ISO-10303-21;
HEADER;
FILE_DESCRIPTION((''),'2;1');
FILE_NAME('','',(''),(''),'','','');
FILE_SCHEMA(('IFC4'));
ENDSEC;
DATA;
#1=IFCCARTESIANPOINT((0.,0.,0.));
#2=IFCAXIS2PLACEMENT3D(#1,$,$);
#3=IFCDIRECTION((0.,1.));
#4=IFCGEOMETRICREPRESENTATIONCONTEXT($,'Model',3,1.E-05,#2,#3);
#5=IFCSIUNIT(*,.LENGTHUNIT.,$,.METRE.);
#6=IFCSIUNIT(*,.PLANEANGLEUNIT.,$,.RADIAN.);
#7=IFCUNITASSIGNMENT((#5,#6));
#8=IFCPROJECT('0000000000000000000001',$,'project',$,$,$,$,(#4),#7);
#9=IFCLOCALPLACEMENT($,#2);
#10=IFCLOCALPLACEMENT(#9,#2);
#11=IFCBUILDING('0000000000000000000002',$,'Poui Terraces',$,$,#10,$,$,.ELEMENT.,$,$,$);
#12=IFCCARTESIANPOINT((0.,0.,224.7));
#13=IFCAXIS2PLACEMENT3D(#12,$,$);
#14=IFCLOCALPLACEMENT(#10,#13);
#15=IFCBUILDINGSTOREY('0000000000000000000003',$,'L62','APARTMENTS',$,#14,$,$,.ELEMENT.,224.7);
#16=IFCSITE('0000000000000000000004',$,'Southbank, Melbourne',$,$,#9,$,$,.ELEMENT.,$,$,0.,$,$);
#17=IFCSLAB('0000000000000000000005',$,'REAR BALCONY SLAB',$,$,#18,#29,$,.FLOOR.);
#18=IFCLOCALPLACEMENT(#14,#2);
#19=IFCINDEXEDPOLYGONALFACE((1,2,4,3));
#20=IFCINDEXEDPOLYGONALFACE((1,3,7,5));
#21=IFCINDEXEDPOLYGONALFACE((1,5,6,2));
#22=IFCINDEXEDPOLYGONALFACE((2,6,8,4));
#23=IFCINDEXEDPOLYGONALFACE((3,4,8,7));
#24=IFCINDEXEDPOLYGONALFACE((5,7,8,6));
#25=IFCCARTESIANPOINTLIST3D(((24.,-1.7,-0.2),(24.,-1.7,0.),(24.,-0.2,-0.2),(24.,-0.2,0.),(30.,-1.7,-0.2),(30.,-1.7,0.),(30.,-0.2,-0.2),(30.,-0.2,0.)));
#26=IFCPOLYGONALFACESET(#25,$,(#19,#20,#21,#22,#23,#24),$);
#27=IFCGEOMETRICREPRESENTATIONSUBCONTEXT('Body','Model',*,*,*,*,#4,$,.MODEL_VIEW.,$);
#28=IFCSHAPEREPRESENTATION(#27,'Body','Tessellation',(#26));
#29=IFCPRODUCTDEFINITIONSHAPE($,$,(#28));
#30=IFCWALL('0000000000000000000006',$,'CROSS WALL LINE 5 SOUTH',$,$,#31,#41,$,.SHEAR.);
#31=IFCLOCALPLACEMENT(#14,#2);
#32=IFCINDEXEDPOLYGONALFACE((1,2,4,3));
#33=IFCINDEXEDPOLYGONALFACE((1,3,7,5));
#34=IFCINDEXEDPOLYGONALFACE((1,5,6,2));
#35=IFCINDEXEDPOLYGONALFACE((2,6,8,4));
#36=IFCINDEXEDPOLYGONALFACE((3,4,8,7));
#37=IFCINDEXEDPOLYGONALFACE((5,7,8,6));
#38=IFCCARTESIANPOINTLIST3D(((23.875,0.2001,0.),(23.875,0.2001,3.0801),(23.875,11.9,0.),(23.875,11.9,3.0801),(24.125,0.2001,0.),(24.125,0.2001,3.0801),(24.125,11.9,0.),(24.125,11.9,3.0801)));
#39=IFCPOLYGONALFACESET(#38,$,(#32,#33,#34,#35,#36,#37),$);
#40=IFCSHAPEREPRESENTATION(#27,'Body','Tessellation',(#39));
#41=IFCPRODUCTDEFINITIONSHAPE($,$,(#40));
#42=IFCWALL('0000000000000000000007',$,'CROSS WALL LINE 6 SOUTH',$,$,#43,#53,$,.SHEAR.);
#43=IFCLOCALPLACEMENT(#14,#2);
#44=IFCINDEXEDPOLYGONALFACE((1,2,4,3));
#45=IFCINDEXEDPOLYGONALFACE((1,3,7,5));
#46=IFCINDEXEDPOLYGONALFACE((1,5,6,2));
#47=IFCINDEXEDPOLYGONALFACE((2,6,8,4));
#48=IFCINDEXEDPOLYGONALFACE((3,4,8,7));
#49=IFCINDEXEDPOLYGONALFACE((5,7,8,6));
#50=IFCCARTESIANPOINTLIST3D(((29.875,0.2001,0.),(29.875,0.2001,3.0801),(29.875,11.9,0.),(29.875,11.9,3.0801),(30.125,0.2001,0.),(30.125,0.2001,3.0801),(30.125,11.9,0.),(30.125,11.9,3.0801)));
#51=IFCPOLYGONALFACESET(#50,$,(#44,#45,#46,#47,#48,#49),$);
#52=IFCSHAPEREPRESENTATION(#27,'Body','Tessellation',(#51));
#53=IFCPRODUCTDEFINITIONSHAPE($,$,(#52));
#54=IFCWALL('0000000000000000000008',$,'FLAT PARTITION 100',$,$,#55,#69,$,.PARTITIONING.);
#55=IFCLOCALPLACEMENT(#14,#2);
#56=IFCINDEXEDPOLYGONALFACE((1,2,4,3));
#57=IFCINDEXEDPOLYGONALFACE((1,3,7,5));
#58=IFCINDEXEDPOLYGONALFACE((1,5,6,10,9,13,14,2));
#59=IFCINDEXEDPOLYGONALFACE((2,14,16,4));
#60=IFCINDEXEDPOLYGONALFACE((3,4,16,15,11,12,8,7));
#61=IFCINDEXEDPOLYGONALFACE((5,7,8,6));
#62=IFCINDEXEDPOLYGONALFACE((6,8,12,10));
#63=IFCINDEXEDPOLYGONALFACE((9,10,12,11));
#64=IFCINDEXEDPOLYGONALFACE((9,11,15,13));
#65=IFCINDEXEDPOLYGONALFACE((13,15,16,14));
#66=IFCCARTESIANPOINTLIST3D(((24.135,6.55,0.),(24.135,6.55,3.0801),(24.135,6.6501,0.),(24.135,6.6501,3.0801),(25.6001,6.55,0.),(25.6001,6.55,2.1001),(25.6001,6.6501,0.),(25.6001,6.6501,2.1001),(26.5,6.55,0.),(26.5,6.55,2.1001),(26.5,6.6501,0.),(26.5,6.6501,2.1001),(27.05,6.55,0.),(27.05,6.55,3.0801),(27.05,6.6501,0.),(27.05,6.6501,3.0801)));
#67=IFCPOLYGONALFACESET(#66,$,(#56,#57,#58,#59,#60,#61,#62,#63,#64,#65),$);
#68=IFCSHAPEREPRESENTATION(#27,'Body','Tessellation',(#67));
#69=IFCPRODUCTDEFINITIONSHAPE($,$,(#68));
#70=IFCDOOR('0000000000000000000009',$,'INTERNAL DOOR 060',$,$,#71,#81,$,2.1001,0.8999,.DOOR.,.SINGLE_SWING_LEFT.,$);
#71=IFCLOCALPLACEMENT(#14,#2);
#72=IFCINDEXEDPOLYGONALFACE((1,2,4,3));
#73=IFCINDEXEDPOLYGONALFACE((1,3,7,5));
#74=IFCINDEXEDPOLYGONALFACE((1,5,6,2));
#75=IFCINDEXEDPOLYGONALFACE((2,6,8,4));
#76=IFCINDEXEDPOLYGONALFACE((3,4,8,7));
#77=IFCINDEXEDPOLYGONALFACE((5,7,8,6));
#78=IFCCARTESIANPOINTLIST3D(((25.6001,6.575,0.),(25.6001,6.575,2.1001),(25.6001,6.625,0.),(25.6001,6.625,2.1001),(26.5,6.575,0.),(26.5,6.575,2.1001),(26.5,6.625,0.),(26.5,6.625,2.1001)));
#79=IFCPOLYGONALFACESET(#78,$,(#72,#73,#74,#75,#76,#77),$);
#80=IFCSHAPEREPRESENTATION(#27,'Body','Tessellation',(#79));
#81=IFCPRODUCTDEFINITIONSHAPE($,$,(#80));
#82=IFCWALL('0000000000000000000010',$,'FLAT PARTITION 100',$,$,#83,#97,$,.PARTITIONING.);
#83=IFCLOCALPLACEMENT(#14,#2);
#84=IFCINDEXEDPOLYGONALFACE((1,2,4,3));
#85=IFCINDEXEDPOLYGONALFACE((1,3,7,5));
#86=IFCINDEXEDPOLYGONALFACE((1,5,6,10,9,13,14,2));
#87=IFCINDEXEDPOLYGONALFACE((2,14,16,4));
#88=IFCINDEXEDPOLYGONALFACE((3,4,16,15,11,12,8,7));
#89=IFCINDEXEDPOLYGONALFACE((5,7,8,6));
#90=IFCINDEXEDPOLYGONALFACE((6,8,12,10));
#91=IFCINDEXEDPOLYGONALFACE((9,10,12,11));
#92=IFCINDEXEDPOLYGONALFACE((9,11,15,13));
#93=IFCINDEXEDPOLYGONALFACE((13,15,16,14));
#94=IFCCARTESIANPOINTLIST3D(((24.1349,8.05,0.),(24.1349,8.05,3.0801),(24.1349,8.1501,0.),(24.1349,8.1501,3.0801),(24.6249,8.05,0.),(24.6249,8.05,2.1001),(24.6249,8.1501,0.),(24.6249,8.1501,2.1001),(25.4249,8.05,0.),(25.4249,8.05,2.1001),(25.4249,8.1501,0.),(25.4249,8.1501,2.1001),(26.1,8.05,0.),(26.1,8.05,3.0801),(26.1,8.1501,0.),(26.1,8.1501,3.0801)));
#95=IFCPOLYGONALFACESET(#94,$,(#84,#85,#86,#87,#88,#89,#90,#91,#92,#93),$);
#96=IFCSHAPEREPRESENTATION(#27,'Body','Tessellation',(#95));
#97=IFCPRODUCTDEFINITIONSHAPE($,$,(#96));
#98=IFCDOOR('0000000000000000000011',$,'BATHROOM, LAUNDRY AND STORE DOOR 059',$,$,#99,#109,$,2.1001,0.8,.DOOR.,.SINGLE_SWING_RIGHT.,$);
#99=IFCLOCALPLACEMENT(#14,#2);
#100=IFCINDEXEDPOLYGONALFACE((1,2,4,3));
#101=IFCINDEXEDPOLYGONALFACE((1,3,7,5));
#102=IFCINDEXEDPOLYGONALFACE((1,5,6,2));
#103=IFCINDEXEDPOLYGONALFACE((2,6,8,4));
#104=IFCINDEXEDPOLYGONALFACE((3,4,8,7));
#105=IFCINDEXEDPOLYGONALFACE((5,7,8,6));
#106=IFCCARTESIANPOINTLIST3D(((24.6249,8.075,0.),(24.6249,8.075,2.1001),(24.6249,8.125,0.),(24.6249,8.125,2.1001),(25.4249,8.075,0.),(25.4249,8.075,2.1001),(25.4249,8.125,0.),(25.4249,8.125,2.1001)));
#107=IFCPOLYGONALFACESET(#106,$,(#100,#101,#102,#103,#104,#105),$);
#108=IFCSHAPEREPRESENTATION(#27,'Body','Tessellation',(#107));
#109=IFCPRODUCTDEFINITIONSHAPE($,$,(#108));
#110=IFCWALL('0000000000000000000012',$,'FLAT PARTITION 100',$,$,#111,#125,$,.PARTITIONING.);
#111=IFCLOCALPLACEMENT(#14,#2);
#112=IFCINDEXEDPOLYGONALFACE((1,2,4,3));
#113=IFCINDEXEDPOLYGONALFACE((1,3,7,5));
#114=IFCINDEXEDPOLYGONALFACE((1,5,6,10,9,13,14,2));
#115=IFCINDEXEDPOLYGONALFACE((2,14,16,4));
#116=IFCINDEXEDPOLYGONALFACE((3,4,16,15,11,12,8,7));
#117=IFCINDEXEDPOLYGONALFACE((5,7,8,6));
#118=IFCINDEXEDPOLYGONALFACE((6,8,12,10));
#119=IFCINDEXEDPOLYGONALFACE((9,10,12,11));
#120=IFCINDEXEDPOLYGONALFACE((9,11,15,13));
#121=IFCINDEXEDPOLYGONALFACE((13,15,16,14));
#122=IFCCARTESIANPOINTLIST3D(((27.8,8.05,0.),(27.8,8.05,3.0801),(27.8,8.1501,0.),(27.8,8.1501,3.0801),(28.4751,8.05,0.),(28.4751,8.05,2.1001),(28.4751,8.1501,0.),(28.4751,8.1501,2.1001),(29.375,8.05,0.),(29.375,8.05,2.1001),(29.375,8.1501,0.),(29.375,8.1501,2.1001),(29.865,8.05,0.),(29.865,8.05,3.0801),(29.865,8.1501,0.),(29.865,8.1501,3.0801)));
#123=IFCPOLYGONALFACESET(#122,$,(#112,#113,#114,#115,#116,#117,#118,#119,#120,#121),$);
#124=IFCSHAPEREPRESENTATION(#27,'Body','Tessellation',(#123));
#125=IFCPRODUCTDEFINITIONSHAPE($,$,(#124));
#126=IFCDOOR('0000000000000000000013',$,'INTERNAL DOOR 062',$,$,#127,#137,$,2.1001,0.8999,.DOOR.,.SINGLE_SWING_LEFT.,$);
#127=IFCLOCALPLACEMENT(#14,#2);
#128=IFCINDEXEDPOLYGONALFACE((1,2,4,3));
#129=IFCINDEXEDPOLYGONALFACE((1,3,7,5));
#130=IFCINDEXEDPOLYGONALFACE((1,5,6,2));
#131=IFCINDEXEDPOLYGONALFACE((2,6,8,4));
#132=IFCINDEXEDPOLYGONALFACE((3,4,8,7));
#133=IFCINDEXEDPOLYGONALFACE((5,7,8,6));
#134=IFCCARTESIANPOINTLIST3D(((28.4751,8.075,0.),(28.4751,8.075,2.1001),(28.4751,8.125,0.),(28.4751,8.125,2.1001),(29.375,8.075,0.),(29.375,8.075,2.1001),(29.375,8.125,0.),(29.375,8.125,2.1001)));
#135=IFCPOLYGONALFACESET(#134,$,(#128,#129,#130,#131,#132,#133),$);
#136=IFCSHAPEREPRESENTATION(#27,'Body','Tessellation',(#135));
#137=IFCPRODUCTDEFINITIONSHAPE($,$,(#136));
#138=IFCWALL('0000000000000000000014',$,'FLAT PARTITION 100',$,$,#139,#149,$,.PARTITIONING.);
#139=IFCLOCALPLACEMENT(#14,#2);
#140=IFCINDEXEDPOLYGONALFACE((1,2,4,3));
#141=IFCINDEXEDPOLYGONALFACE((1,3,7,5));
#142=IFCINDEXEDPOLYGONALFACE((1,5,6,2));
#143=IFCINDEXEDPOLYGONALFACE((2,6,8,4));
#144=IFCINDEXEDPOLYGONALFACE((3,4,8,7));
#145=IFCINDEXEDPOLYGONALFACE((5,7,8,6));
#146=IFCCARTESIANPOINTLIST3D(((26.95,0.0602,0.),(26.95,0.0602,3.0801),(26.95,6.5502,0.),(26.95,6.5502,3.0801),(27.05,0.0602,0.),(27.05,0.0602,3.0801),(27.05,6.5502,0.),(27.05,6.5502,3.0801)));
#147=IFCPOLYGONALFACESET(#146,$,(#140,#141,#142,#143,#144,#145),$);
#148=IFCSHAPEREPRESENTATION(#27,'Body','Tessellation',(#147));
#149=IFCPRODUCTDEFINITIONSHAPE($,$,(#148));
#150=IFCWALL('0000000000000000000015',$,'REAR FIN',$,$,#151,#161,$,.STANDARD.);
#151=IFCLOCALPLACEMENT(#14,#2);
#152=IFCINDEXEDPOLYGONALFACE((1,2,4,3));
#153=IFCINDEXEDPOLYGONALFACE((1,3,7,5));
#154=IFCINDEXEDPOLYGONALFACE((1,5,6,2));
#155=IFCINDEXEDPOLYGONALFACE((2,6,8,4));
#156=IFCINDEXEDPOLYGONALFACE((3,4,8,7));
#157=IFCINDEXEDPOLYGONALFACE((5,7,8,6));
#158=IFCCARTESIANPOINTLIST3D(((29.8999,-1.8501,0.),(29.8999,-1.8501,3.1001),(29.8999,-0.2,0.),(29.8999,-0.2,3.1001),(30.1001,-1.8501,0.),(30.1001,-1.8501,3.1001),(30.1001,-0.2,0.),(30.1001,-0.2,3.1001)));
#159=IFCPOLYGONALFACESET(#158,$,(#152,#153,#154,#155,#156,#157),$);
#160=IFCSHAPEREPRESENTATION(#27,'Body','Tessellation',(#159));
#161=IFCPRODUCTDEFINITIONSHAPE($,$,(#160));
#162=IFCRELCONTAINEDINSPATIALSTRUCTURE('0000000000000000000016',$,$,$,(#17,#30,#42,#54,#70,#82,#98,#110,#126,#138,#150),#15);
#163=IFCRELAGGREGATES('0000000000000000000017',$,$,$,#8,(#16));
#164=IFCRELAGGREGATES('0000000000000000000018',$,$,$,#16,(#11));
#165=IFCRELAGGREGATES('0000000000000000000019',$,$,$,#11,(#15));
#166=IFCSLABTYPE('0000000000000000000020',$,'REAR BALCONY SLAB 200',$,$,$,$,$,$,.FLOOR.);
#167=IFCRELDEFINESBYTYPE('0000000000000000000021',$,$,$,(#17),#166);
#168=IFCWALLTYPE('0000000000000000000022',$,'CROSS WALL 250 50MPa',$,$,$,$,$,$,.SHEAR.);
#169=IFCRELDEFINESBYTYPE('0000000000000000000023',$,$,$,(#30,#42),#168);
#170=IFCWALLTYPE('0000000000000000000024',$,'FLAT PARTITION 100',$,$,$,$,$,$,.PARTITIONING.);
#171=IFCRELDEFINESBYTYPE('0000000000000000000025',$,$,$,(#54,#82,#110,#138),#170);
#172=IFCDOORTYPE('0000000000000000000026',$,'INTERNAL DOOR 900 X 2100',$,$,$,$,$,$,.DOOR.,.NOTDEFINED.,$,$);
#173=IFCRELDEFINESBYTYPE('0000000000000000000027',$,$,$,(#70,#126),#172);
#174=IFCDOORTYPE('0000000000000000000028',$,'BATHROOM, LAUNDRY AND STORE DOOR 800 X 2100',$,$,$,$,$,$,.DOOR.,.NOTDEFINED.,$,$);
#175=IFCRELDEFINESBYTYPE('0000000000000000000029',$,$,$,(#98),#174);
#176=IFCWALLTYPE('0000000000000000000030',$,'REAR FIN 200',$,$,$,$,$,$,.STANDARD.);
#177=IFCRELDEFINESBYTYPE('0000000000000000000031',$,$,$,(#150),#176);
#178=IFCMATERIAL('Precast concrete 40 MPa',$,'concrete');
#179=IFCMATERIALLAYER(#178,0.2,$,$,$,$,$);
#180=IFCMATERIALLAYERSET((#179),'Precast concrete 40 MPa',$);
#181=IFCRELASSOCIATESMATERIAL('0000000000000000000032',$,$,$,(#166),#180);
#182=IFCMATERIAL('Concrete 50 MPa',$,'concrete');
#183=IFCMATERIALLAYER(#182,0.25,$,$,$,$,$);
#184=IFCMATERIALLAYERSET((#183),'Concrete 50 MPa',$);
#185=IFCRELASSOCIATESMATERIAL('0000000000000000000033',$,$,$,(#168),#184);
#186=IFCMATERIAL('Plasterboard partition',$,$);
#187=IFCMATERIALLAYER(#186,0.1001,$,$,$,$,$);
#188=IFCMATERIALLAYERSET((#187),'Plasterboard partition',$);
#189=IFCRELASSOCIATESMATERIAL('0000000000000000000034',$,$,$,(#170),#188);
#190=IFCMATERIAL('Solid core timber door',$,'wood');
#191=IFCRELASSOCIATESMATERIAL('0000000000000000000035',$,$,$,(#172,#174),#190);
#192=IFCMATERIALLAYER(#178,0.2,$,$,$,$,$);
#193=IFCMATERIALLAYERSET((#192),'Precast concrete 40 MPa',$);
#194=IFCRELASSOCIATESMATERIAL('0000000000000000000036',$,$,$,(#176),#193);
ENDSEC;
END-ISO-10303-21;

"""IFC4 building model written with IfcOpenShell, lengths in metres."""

from ifc_helpers import new_model, si_unit, direction, frame, frame_2d, origin, place, context, subcontext, project, spatial, polyline, rectangle, outline, extrude, source, transform, mapped, material, layer, layer_set, type_object, element, fill, save


model = new_model("IFC4")

# Units and contexts
model_context = context("Model", 3, precision=1e-05, world=origin(), true_north=direction((0.0, 1.0)))
body_context = subcontext(model_context, "Body", "Model", "MODEL_VIEW")
ifc_project = project(units=[si_unit("LENGTHUNIT", "METRE"), si_unit("PLANEANGLEUNIT", "RADIAN")], contexts=[model_context])

# Site, building, storey
site_placement = place(None, origin())
site = spatial("IfcSite", under=ifc_project, at=site_placement, Name="Southbank, Melbourne", CompositionType="ELEMENT", RefElevation=0.0)
building_placement = place(site_placement, origin())
building = spatial("IfcBuilding", under=site, at=building_placement, Name="Poui Terraces", CompositionType="ELEMENT")
storey_placement = place(building_placement, frame((0.0, 0.0, 224.7)))
storey = spatial("IfcBuildingStorey", under=building, at=storey_placement, Name="L62", Description="APARTMENTS", CompositionType="ELEMENT", Elevation=224.7)

# Slab
ifc_material_1 = material(Name="Precast concrete 40 MPa", Category="concrete")
ifc_layer_1 = layer(ifc_material_1, 0.2)
ifc_layer_set_1 = layer_set([ifc_layer_1], Name="Precast concrete 40 MPa")
slab_type = type_object("IfcSlabType", Name="REAR BALCONY SLAB 200", PredefinedType="FLOOR", material=ifc_layer_set_1)
shared_shape_1 = source(origin(), body_context, "Body", "SweptSolid", [
    extrude(outline(polyline([(0.0, 0.0), (6.0, 0.0), (6.0, 1.5), (0.0, 1.5), (0.0, 0.0)])), origin(), (0.0, 0.0, 1.0), 0.2),
])
slab_placement = place(storey_placement, frame((24.0, -1.7, -0.2)))
element("IfcSlab", 1, at=slab_placement, inside=storey, type_object=slab_type, Name="REAR BALCONY SLAB", PredefinedType="FLOOR", context=body_context, shape_type="MappedRepresentation", body=[
    mapped(shared_shape_1, transform((0.0, 0.0, 0.0))),
])

# Walls
ifc_material_2 = material(Name="Concrete 50 MPa", Category="concrete")
ifc_layer_2 = layer(ifc_material_2, 0.25)
ifc_layer_set_2 = layer_set([ifc_layer_2], Name="Concrete 50 MPa")
wall_type_1 = type_object("IfcWallType", Name="CROSS WALL 250 50MPa", PredefinedType="SHEAR", material=ifc_layer_set_2)
for number, where, z_axis, x_axis, name in (
    (2, (24.0, 0.2, 0.0), (0.0, 0.0, 1.0), (0.0, 1.0, 0.0), "CROSS WALL LINE 5 SOUTH"),
    (3, (30.0, 0.2, 0.0), (0.0, 0.0, 1.0), (0.0, 1.0, 0.0), "CROSS WALL LINE 6 SOUTH"),
):
    element("IfcWall", number, at=place(storey_placement, frame(where, z_axis=z_axis, x_axis=x_axis)), inside=storey, type_object=wall_type_1, Name=name, PredefinedType="SHEAR", context=body_context, shape_type="SweptSolid", body=[
        extrude(rectangle(XDim=11.7, YDim=0.25, at=frame_2d((5.8501, 0.0))), origin(), (0.0, 0.0, 1.0), 3.0801),
    ])

# Walls, openings, doors
ifc_material_3 = material(Name="Plasterboard partition")
ifc_layer_3 = layer(ifc_material_3, 0.1001)
ifc_layer_set_3 = layer_set([ifc_layer_3], Name="Plasterboard partition")
wall_type_2 = type_object("IfcWallType", Name="FLAT PARTITION 100", PredefinedType="PARTITIONING", material=ifc_layer_set_3)
wall_1_placement = place(storey_placement, frame((24.135, 6.6001, 0.0), z_axis=(0.0, 0.0, 1.0), x_axis=(1.0, 0.0, 0.0)))
wall_1 = element("IfcWall", 4, at=wall_1_placement, inside=storey, type_object=wall_type_2, Name="FLAT PARTITION 100", PredefinedType="PARTITIONING", context=body_context, shape_type="SweptSolid", body=[
    extrude(rectangle(XDim=2.915, YDim=0.1001, at=frame_2d((1.4575, 0.0))), origin(), (0.0, 0.0, 1.0), 3.0801),
])
opening_1_placement = place(wall_1_placement, frame((1.4651, 0.0, 0.0)))
opening_1 = element("IfcOpeningElement", 5, at=opening_1_placement, cuts=wall_1, PredefinedType="OPENING", context=body_context, shape_type="SweptSolid", body=[
    extrude(rectangle(XDim=0.8999, YDim=2.1001, at=frame_2d((0.45, 1.05))), frame((0.0, 0.0601, 0.0), z_axis=(0.0, -1.0, 0.0), x_axis=(1.0, 0.0, 0.0)), (0.0, 0.0, 1.0), 0.1201),
])
ifc_material_4 = material(Name="Solid core timber door", Category="wood")
door_type_1 = type_object("IfcDoorType", Name="INTERNAL DOOR 900 X 2100", OperationType="NOTDEFINED", PredefinedType="DOOR", material=ifc_material_4)
door_1_placement = place(opening_1_placement, origin())
door_1 = element("IfcDoor", 6, at=door_1_placement, inside=storey, type_object=door_type_1, Name="INTERNAL DOOR 060", OperationType="SINGLE_SWING_LEFT", OverallHeight=2.1001, OverallWidth=0.8999, PredefinedType="DOOR", context=body_context, shape_type="SweptSolid", body=[
    extrude(rectangle(XDim=0.8999, YDim=2.1001, at=frame_2d((0.45, 1.05))), frame((0.0, 0.0249, 0.0), z_axis=(0.0, -1.0, 0.0), x_axis=(1.0, 0.0, 0.0)), (0.0, 0.0, 1.0), 0.05),
])
fill(opening_1, door_1)
wall_2_placement = place(storey_placement, frame((24.135, 8.1001, 0.0), z_axis=(0.0, 0.0, 1.0), x_axis=(1.0, 0.0, 0.0)))
wall_2 = element("IfcWall", 7, at=wall_2_placement, inside=storey, type_object=wall_type_2, Name="FLAT PARTITION 100", PredefinedType="PARTITIONING", context=body_context, shape_type="SweptSolid", body=[
    extrude(rectangle(XDim=1.9651, YDim=0.1001, at=frame_2d((0.9824, 0.0))), origin(), (0.0, 0.0, 1.0), 3.0801),
])
opening_2_placement = place(wall_2_placement, frame((0.49, 0.0, 0.0)))
opening_2 = element("IfcOpeningElement", 8, at=opening_2_placement, cuts=wall_2, PredefinedType="OPENING", context=body_context, shape_type="SweptSolid", body=[
    extrude(rectangle(XDim=0.8, YDim=2.1001, at=frame_2d((0.3999, 1.05))), frame((0.0, 0.0601, 0.0), z_axis=(0.0, -1.0, 0.0), x_axis=(1.0, 0.0, 0.0)), (0.0, 0.0, 1.0), 0.1201),
])
door_type_2 = type_object("IfcDoorType", Name="BATHROOM, LAUNDRY AND STORE DOOR 800 X 2100", OperationType="NOTDEFINED", PredefinedType="DOOR", material=ifc_material_4)
door_2_placement = place(opening_2_placement, origin())
door_2 = element("IfcDoor", 9, at=door_2_placement, inside=storey, type_object=door_type_2, Name="BATHROOM, LAUNDRY AND STORE DOOR 059", OperationType="SINGLE_SWING_RIGHT", OverallHeight=2.1001, OverallWidth=0.8, PredefinedType="DOOR", context=body_context, shape_type="SweptSolid", body=[
    extrude(rectangle(XDim=0.8, YDim=2.1001, at=frame_2d((0.3999, 1.05))), frame((0.0, 0.0249, 0.0), z_axis=(0.0, -1.0, 0.0), x_axis=(1.0, 0.0, 0.0)), (0.0, 0.0, 1.0), 0.05),
])
fill(opening_2, door_2)
wall_3_placement = place(storey_placement, frame((27.8, 8.1001, 0.0), z_axis=(0.0, 0.0, 1.0), x_axis=(1.0, 0.0, 0.0)))
wall_3 = element("IfcWall", 10, at=wall_3_placement, inside=storey, type_object=wall_type_2, Name="FLAT PARTITION 100", PredefinedType="PARTITIONING", context=body_context, shape_type="SweptSolid", body=[
    extrude(rectangle(XDim=2.0649, YDim=0.1001, at=frame_2d((1.0325, 0.0))), origin(), (0.0, 0.0, 1.0), 3.0801),
])
opening_3_placement = place(wall_3_placement, frame((0.675, 0.0, 0.0)))
opening_3 = element("IfcOpeningElement", 11, at=opening_3_placement, cuts=wall_3, PredefinedType="OPENING", context=body_context, shape_type="SweptSolid", body=[
    extrude(rectangle(XDim=0.8999, YDim=2.1001, at=frame_2d((0.45, 1.05))), frame((0.0, 0.0601, 0.0), z_axis=(0.0, -1.0, 0.0), x_axis=(1.0, 0.0, 0.0)), (0.0, 0.0, 1.0), 0.1201),
])
door_3_placement = place(opening_3_placement, origin())
door_3 = element("IfcDoor", 12, at=door_3_placement, inside=storey, type_object=door_type_1, Name="INTERNAL DOOR 062", OperationType="SINGLE_SWING_LEFT", OverallHeight=2.1001, OverallWidth=0.8999, PredefinedType="DOOR", context=body_context, shape_type="SweptSolid", body=[
    extrude(rectangle(XDim=0.8999, YDim=2.1001, at=frame_2d((0.45, 1.05))), frame((0.0, 0.0249, 0.0), z_axis=(0.0, -1.0, 0.0), x_axis=(1.0, 0.0, 0.0)), (0.0, 0.0, 1.0), 0.05),
])
fill(opening_3, door_3)

# Walls
wall_4_placement = place(storey_placement, frame((27.0, 0.0601, 0.0), z_axis=(0.0, 0.0, 1.0), x_axis=(0.0, 1.0, 0.0)))
element("IfcWall", 13, at=wall_4_placement, inside=storey, type_object=wall_type_2, Name="FLAT PARTITION 100", PredefinedType="PARTITIONING", context=body_context, shape_type="SweptSolid", body=[
    extrude(rectangle(XDim=6.49, YDim=0.1001, at=frame_2d((3.2451, 0.0))), origin(), (0.0, 0.0, 1.0), 3.0801),
])
ifc_layer_4 = layer(ifc_material_1, 0.2)
ifc_layer_set_4 = layer_set([ifc_layer_4], Name="Precast concrete 40 MPa")
wall_type_3 = type_object("IfcWallType", Name="REAR FIN 200", PredefinedType="STANDARD", material=ifc_layer_set_4)
shared_shape_2 = source(origin(), body_context, "Body", "SweptSolid", [
    extrude(outline(polyline([(0.0, 0.0), (0.2002, 0.0), (0.2002, 1.6501), (0.0, 1.6501), (0.0, 0.0)])), origin(), (0.0, 0.0, 1.0), 3.1001),
])
wall_5_placement = place(storey_placement, frame((29.8999, -1.8501, 0.0)))
element("IfcWall", 14, at=wall_5_placement, inside=storey, type_object=wall_type_3, Name="REAR FIN", PredefinedType="STANDARD", context=body_context, shape_type="MappedRepresentation", body=[
    mapped(shared_shape_2, transform((0.0, 0.0, 0.0))),
])

save(model, "model.ifc")
